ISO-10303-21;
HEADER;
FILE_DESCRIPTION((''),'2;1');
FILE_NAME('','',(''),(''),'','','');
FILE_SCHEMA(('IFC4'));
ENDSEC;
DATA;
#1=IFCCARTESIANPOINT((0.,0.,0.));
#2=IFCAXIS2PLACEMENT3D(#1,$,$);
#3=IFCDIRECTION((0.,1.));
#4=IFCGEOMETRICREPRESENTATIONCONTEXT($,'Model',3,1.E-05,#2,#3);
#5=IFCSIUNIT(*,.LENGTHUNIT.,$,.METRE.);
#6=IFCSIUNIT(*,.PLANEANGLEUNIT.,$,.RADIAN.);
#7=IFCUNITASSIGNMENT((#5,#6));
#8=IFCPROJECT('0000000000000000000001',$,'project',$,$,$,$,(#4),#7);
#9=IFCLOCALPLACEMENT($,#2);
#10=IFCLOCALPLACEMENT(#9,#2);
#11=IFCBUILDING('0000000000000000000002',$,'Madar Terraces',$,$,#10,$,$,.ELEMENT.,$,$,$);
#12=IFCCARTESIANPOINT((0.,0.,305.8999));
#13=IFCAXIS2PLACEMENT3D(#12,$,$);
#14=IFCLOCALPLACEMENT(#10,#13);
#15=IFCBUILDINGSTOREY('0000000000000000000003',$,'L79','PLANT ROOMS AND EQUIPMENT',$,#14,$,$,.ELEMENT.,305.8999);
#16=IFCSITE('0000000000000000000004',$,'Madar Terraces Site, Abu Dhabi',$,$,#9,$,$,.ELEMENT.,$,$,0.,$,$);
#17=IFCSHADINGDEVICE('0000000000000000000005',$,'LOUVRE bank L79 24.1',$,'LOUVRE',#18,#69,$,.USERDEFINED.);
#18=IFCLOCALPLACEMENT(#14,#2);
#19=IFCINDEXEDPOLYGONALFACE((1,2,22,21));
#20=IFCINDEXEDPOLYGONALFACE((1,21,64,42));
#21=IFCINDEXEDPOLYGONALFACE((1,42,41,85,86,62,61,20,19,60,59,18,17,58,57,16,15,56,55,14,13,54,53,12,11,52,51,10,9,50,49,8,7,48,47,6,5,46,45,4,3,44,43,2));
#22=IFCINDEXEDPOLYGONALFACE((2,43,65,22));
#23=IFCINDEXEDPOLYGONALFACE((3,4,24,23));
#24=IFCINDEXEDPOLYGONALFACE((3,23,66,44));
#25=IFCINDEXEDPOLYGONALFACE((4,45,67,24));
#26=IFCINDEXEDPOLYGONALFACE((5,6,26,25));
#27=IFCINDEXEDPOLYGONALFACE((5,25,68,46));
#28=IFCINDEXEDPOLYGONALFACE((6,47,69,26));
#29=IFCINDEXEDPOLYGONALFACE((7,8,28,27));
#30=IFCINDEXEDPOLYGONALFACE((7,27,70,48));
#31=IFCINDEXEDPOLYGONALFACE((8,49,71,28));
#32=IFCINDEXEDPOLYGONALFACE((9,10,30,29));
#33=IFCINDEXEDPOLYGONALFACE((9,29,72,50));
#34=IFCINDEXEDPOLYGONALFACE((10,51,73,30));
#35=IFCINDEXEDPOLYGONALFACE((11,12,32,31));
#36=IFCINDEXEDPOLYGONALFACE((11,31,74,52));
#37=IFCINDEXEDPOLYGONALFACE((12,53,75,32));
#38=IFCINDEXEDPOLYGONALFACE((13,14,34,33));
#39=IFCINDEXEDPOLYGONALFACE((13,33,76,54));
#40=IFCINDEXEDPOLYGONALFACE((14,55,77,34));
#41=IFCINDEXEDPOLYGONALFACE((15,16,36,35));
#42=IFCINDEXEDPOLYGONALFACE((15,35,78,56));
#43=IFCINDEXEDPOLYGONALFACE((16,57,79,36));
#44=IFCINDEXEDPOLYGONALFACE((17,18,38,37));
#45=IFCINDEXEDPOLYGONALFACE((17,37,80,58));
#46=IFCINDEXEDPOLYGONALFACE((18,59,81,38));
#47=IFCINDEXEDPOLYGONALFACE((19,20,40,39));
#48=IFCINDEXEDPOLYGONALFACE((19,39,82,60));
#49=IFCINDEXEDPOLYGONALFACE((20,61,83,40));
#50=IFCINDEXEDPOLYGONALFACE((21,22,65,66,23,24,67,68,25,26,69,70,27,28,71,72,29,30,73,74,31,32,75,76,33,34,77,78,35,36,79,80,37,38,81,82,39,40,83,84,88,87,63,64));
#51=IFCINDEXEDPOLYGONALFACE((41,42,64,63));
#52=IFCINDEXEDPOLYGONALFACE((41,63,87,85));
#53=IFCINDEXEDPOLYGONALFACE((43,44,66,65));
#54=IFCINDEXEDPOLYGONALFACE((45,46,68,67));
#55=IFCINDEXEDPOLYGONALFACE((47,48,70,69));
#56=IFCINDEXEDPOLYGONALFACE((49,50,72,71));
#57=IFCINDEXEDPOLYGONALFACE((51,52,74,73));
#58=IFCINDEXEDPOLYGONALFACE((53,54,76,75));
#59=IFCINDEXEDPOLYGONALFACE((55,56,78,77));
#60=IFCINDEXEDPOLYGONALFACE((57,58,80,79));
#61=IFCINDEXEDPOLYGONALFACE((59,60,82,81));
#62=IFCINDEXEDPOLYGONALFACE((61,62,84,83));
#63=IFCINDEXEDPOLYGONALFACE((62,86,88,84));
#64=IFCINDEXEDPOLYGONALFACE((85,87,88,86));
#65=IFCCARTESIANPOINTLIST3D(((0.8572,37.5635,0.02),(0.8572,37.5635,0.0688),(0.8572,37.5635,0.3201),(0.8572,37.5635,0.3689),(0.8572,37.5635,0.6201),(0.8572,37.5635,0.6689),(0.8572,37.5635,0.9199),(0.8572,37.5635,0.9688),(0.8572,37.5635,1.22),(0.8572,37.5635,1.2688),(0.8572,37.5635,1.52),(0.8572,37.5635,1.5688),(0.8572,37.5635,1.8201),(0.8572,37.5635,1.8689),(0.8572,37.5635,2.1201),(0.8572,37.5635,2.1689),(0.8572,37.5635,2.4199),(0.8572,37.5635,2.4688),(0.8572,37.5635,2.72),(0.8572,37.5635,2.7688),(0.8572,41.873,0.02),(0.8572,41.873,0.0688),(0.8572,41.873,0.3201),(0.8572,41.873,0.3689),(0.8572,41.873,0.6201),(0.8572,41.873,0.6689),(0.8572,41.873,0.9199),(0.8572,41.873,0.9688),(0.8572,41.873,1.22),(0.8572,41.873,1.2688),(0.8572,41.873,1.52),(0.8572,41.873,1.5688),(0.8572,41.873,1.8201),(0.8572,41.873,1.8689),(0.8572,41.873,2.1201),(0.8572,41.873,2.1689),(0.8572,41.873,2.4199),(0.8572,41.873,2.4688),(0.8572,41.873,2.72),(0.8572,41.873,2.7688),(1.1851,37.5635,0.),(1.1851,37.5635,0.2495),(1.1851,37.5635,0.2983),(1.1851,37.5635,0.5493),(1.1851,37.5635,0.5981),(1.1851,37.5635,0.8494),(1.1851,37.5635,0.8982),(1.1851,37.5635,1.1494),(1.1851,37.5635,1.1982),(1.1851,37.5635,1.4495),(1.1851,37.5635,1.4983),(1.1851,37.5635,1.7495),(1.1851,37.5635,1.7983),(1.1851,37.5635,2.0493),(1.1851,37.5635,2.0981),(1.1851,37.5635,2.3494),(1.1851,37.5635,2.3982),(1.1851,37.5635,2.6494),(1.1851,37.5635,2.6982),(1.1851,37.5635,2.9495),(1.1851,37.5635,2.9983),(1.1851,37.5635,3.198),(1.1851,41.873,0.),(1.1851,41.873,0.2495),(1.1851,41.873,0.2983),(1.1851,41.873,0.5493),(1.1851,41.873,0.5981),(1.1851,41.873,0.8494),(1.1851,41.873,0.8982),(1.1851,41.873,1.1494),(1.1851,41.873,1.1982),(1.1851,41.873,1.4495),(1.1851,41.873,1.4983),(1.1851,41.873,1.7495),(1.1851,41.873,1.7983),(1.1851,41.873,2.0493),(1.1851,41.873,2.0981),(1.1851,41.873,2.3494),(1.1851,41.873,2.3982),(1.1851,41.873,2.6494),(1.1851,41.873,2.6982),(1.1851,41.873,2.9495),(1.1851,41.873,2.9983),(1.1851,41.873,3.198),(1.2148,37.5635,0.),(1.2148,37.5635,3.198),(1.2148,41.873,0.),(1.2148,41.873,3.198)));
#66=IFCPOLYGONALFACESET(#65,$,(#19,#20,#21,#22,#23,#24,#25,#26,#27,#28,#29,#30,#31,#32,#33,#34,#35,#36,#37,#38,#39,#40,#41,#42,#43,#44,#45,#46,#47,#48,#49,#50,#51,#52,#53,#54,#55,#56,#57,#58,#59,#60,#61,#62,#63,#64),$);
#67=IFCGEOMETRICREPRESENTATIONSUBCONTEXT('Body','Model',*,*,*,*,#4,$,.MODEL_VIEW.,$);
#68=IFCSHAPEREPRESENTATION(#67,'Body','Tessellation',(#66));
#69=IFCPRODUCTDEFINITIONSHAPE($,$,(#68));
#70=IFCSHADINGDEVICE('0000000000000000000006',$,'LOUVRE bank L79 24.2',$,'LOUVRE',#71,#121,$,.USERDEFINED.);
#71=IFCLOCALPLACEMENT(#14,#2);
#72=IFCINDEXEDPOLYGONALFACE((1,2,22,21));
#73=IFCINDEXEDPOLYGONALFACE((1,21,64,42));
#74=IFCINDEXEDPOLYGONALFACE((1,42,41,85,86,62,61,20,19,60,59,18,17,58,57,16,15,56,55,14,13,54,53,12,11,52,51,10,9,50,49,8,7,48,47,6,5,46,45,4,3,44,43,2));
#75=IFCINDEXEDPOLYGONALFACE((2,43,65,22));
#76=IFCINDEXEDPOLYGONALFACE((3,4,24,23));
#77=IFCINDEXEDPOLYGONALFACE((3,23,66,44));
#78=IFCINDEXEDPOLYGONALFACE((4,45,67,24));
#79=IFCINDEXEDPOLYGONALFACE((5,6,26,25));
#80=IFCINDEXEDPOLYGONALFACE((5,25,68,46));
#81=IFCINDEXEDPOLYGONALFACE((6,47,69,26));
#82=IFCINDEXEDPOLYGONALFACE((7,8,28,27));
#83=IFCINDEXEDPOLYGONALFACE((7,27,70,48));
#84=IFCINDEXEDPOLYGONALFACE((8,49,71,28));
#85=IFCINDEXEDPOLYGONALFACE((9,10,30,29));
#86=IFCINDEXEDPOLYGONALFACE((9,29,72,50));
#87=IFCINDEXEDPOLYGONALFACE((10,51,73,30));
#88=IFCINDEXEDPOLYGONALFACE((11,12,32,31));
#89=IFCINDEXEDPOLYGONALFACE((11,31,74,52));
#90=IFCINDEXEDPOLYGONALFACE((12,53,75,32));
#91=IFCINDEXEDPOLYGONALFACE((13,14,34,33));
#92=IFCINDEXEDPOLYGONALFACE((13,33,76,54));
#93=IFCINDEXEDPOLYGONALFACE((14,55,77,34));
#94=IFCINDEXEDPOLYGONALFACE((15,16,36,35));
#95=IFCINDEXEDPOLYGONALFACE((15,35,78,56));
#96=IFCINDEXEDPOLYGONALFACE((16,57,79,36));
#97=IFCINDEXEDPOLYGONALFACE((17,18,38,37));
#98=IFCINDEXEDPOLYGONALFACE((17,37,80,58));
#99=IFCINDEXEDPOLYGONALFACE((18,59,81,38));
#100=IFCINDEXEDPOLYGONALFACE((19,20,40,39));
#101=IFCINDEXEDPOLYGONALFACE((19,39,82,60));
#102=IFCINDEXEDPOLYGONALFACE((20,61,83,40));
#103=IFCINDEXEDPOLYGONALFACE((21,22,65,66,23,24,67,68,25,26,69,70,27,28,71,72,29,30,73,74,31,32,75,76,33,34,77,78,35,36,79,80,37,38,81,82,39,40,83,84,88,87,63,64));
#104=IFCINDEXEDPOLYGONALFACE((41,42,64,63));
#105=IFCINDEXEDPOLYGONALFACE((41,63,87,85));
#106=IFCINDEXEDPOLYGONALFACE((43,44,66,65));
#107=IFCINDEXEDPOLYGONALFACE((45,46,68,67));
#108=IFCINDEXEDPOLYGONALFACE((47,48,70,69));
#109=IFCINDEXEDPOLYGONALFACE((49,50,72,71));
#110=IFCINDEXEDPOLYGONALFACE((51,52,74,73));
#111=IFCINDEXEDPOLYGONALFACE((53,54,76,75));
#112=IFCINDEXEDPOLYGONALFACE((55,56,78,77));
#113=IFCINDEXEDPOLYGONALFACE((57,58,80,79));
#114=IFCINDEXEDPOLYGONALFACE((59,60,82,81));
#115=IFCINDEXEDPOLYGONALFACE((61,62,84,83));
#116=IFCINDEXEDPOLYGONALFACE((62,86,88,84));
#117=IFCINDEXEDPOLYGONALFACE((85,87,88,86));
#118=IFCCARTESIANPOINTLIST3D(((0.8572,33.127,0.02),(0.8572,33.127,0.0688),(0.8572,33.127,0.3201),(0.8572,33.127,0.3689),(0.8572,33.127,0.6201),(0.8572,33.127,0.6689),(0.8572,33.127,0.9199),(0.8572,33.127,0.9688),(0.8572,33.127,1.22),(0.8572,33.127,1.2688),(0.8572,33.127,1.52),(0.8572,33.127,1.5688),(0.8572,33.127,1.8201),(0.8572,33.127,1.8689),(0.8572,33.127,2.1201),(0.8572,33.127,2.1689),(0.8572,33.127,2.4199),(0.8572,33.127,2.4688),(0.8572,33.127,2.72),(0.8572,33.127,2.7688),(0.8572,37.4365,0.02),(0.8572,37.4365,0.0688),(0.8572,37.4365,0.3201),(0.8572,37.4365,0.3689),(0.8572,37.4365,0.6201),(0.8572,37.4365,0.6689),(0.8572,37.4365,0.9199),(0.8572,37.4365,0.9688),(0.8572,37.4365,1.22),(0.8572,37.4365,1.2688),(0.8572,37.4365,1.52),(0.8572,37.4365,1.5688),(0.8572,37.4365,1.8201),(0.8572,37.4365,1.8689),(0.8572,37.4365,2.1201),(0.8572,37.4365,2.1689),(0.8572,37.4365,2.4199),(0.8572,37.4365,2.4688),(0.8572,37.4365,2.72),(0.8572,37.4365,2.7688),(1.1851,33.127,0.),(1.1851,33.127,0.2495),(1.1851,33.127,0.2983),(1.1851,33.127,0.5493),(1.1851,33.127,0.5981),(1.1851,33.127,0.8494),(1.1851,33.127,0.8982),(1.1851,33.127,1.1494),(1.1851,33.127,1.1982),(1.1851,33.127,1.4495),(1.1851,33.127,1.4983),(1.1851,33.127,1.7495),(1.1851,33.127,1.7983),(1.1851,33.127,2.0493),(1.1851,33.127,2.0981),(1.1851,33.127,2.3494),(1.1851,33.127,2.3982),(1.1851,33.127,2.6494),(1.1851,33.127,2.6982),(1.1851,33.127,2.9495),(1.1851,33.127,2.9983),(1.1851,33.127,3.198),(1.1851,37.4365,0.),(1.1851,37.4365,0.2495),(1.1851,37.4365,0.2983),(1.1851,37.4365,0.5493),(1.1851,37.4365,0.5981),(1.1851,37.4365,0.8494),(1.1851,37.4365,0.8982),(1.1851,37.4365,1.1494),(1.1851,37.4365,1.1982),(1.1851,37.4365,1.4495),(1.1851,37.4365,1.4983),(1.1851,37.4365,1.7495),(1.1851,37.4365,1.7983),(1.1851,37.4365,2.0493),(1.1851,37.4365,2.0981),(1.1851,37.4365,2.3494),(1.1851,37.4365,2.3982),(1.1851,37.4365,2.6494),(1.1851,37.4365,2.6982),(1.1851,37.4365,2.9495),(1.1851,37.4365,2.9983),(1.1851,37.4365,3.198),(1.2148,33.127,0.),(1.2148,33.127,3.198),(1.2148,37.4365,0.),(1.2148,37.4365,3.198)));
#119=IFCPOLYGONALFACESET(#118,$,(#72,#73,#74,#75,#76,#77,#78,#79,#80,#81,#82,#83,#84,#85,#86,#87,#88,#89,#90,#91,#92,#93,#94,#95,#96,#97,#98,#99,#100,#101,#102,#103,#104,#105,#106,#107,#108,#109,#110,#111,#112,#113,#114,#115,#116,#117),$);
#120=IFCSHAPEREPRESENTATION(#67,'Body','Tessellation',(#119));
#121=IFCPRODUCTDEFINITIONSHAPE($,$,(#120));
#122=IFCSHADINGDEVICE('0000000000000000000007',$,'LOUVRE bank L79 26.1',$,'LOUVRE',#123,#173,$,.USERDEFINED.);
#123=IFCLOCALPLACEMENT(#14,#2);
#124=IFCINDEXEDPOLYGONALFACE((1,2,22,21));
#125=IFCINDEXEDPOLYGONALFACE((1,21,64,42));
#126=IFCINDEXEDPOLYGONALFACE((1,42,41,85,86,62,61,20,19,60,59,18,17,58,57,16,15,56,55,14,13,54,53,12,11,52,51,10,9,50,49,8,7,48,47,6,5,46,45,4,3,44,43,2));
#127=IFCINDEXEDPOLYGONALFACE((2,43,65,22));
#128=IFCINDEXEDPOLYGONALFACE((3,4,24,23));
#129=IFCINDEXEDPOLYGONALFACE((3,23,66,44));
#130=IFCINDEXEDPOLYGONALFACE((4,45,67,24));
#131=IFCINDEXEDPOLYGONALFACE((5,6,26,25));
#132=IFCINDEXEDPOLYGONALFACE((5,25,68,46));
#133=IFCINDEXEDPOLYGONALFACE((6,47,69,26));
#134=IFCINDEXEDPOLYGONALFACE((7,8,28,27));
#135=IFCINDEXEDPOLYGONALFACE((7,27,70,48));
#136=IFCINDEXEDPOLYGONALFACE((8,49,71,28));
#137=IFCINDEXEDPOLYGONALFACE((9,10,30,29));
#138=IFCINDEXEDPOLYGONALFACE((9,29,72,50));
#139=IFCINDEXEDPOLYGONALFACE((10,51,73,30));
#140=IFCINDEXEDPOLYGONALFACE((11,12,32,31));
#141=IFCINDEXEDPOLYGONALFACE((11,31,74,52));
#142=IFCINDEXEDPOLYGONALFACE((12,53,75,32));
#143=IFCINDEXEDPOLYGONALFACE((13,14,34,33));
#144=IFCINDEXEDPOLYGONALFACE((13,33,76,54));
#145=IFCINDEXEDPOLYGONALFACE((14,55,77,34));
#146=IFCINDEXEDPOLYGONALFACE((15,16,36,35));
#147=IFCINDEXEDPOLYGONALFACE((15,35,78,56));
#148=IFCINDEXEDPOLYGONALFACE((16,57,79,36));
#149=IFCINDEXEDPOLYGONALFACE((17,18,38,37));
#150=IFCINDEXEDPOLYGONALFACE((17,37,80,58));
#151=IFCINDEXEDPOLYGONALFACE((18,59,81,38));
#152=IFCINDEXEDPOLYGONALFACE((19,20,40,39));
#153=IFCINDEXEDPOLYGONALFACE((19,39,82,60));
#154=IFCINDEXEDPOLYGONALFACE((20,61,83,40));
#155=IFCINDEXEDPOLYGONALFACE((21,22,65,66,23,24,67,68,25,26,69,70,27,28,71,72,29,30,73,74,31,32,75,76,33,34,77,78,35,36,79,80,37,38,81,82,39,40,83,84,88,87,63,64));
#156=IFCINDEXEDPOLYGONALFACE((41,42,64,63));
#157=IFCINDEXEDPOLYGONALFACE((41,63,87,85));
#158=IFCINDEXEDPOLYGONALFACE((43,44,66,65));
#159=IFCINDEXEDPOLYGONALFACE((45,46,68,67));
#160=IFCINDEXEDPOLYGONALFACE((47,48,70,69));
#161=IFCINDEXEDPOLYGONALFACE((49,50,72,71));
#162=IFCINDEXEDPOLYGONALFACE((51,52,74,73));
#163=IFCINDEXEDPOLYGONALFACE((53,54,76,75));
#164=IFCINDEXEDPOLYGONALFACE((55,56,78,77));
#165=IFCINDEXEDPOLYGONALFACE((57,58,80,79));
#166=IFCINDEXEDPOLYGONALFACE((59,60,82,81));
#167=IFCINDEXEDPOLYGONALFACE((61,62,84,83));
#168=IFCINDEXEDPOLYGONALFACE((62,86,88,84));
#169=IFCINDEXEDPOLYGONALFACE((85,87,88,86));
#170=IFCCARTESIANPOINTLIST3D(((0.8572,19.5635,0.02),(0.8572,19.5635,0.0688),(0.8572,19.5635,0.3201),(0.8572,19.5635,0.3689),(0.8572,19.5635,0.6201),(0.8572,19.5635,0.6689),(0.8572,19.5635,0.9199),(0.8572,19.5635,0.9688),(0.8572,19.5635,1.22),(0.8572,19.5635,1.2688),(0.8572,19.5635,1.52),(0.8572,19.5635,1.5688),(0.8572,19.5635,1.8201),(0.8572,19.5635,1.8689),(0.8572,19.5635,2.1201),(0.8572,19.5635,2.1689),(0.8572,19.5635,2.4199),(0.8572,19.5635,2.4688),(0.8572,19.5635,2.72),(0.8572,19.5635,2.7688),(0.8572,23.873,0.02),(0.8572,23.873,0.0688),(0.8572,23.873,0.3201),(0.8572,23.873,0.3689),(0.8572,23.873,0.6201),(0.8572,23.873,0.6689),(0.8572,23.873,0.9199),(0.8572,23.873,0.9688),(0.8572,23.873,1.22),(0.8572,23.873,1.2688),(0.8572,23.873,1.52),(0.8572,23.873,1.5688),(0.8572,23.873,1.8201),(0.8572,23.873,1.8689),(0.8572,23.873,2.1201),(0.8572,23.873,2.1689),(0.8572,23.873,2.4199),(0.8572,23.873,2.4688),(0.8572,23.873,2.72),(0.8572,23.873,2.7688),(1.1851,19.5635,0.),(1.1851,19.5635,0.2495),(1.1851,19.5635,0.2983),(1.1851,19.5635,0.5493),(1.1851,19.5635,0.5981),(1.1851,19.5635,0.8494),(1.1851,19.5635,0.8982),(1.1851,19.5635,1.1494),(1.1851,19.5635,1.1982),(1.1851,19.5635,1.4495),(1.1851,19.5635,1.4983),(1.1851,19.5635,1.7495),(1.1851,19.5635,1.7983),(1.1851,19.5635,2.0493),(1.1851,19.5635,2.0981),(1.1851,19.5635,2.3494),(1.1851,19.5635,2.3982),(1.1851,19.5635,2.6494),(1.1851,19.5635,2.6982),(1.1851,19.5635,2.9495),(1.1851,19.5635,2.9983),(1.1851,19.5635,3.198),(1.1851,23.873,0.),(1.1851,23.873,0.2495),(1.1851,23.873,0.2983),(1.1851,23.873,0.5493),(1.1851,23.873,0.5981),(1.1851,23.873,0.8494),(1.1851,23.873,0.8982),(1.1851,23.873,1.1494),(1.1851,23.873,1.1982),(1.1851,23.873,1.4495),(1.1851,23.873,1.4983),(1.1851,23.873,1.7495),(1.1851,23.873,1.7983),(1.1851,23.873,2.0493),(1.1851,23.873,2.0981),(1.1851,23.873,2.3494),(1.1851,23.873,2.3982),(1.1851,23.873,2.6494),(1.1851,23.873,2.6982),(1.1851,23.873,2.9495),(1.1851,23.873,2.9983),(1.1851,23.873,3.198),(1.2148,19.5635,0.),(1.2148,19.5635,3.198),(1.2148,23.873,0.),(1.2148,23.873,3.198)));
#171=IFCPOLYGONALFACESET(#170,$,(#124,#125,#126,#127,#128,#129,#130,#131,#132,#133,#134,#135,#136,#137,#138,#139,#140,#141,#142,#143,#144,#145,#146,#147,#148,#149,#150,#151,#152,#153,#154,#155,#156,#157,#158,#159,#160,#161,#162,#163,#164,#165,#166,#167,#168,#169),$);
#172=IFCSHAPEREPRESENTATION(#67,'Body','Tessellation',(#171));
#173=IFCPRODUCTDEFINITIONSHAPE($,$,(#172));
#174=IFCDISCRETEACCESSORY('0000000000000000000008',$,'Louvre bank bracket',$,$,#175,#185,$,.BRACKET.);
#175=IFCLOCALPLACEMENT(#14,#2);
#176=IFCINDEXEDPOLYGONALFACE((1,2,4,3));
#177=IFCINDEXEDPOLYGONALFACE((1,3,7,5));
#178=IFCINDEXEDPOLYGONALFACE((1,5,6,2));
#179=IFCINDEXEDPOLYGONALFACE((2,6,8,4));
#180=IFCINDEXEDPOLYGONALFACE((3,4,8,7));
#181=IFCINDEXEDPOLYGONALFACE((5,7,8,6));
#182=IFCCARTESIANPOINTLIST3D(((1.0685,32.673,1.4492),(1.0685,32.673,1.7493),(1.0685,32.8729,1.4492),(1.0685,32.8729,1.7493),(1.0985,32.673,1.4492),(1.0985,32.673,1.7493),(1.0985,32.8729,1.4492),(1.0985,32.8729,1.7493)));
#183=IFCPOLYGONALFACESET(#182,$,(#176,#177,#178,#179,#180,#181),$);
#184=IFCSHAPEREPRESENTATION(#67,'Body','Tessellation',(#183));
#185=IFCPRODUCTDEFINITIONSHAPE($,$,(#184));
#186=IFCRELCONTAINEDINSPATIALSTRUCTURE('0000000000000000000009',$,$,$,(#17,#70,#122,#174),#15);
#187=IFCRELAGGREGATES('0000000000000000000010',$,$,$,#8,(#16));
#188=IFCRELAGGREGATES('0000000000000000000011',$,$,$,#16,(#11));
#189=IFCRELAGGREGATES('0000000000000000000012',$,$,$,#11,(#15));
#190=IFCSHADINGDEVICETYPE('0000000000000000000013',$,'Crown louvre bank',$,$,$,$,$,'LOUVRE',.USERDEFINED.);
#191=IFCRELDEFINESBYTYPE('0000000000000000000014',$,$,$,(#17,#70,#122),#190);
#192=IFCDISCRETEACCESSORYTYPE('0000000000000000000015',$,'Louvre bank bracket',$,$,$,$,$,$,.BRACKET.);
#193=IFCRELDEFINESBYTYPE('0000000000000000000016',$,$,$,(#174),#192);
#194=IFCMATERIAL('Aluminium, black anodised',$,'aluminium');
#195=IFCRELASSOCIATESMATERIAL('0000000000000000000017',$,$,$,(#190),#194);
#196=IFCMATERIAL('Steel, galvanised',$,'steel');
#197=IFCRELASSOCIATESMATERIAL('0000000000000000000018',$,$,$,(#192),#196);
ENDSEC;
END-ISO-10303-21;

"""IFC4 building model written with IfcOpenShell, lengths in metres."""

from ifc_helpers import new_model, si_unit, direction, frame, origin, origin_2d, place, context, subcontext, project, spatial, polyline, rectangle, outline, extrude, material, type_object, element, save


model = new_model("IFC4")

# Units and contexts
model_context = context("Model", 3, precision=1e-05, world=origin(), true_north=direction((0.0, 1.0)))
body_context = subcontext(model_context, "Body", "Model", "MODEL_VIEW")
ifc_project = project(units=[si_unit("LENGTHUNIT", "METRE"), si_unit("PLANEANGLEUNIT", "RADIAN")], contexts=[model_context])

# Site, building, storey
site_placement = place(None, origin())
site = spatial("IfcSite", under=ifc_project, at=site_placement, Name="Madar Terraces Site, Abu Dhabi", CompositionType="ELEMENT", RefElevation=0.0)
building_placement = place(site_placement, origin())
building = spatial("IfcBuilding", under=site, at=building_placement, Name="Madar Terraces", CompositionType="ELEMENT")
storey_placement = place(building_placement, frame((0.0, 0.0, 305.8999)))
storey = spatial("IfcBuildingStorey", under=building, at=storey_placement, Name="L79", Description="PLANT ROOMS AND EQUIPMENT", CompositionType="ELEMENT", Elevation=305.8999)

# Shading devices
ifc_material_1 = material(Name="Aluminium, black anodised", Category="aluminium")
shading_device_type = type_object("IfcShadingDeviceType", Name="Crown louvre bank", ElementType="LOUVRE", PredefinedType="USERDEFINED", material=ifc_material_1)
for number, where, z_axis, x_axis, name in (
    (1, (1.2, 41.873, 0.0), (0.0, -1.0, 0.0), (1.0, 0.0, 0.0), "LOUVRE bank L79 24.1"),
    (2, (1.2, 37.4365, 0.0), (0.0, -1.0, 0.0), (1.0, 0.0, 0.0), "LOUVRE bank L79 24.2"),
):
    element("IfcShadingDevice", number, at=place(storey_placement, frame(where, z_axis=z_axis, x_axis=x_axis)), inside=storey, type_object=shading_device_type, Name=name, ObjectType="LOUVRE", PredefinedType="USERDEFINED", context=body_context, shape_type="SweptSolid", body=[
        extrude(outline(polyline([(0.0149, 0.0), (-0.0149, 0.0), (-0.0149, 0.2495), (-0.3428, 0.02), (-0.3428, 0.0688), (-0.0149, 0.2983), (-0.0149, 0.5493), (-0.3428, 0.3201), (-0.3428, 0.3689), (-0.0149, 0.5981), (-0.0149, 0.8494), (-0.3428, 0.6201), (-0.3428, 0.6689), (-0.0149, 0.8982), (-0.0149, 1.1494), (-0.3428, 0.9199), (-0.3428, 0.9688), (-0.0149, 1.1982), (-0.0149, 1.4495), (-0.3428, 1.22), (-0.3428, 1.2688), (-0.0149, 1.4983), (-0.0149, 1.7495), (-0.3428, 1.52), (-0.3428, 1.5688), (-0.0149, 1.7983), (-0.0149, 2.0493), (-0.3428, 1.8201), (-0.3428, 1.8689), (-0.0149, 2.0981), (-0.0149, 2.3494), (-0.3428, 2.1201), (-0.3428, 2.1689), (-0.0149, 2.3982), (-0.0149, 2.6494), (-0.3428, 2.4199), (-0.3428, 2.4688), (-0.0149, 2.6982), (-0.0149, 2.9495), (-0.3428, 2.72), (-0.3428, 2.7688), (-0.0149, 2.9983), (-0.0149, 3.198), (0.0149, 3.198), (0.0149, 0.0)])), origin(), (0.0, 0.0, 1.0), 4.3096),
    ])
shading_device_1_placement = place(storey_placement, frame((1.2, 23.873, 0.0), z_axis=(0.0, -1.0, 0.0), x_axis=(1.0, 0.0, 0.0)))
element("IfcShadingDevice", 3, at=shading_device_1_placement, inside=storey, type_object=shading_device_type, Name="LOUVRE bank L79 26.1", ObjectType="LOUVRE", PredefinedType="USERDEFINED", context=body_context, shape_type="SweptSolid", body=[
    extrude(outline(polyline([(0.0149, 0.0), (-0.0149, 0.0), (-0.0149, 0.2495), (-0.3428, 0.02), (-0.3428, 0.0688), (-0.0149, 0.2983), (-0.0149, 0.5493), (-0.3428, 0.3201), (-0.3428, 0.3689), (-0.0149, 0.5981), (-0.0149, 0.8494), (-0.3428, 0.6201), (-0.3428, 0.6689), (-0.0149, 0.8982), (-0.0149, 1.1494), (-0.3428, 0.9199), (-0.3428, 0.9688), (-0.0149, 1.1982), (-0.0149, 1.4495), (-0.3428, 1.22), (-0.3428, 1.2688), (-0.0149, 1.4983), (-0.0149, 1.7495), (-0.3428, 1.52), (-0.3428, 1.5688), (-0.0149, 1.7983), (-0.0149, 2.0493), (-0.3428, 1.8201), (-0.3428, 1.8689), (-0.0149, 2.0981), (-0.0149, 2.3494), (-0.3428, 2.1201), (-0.3428, 2.1689), (-0.0149, 2.3982), (-0.0149, 2.6494), (-0.3428, 2.4199), (-0.3428, 2.4688), (-0.0149, 2.6982), (-0.0149, 2.9495), (-0.3428, 2.72), (-0.3428, 2.7688), (-0.0149, 2.9983), (-0.0149, 3.198), (0.0149, 3.198), (0.0149, 0.0)])), origin(), (0.0, 0.0, 1.0), 4.3096),
])

# Discrete accessory
ifc_material_2 = material(Name="Steel, galvanised", Category="steel")
discrete_accessory_type = type_object("IfcDiscreteAccessoryType", Name="Louvre bank bracket", PredefinedType="BRACKET", material=ifc_material_2)
for number, where, z_axis, x_axis, name in (
    (4, (1.0835, 32.7729, 1.4492), (0.0, 0.0, 1.0), (0.0, -1.0, 0.0), "Louvre bank bracket"),
):
    element("IfcDiscreteAccessory", number, at=place(storey_placement, frame(where, z_axis=z_axis, x_axis=x_axis)), inside=storey, type_object=discrete_accessory_type, Name=name, PredefinedType="BRACKET", context=body_context, shape_type="SweptSolid", body=[
        extrude(rectangle(XDim=0.2, YDim=0.03, at=origin_2d()), origin(), (0.0, 0.0, 1.0), 0.3),
    ])

save(model, "model.ifc")
